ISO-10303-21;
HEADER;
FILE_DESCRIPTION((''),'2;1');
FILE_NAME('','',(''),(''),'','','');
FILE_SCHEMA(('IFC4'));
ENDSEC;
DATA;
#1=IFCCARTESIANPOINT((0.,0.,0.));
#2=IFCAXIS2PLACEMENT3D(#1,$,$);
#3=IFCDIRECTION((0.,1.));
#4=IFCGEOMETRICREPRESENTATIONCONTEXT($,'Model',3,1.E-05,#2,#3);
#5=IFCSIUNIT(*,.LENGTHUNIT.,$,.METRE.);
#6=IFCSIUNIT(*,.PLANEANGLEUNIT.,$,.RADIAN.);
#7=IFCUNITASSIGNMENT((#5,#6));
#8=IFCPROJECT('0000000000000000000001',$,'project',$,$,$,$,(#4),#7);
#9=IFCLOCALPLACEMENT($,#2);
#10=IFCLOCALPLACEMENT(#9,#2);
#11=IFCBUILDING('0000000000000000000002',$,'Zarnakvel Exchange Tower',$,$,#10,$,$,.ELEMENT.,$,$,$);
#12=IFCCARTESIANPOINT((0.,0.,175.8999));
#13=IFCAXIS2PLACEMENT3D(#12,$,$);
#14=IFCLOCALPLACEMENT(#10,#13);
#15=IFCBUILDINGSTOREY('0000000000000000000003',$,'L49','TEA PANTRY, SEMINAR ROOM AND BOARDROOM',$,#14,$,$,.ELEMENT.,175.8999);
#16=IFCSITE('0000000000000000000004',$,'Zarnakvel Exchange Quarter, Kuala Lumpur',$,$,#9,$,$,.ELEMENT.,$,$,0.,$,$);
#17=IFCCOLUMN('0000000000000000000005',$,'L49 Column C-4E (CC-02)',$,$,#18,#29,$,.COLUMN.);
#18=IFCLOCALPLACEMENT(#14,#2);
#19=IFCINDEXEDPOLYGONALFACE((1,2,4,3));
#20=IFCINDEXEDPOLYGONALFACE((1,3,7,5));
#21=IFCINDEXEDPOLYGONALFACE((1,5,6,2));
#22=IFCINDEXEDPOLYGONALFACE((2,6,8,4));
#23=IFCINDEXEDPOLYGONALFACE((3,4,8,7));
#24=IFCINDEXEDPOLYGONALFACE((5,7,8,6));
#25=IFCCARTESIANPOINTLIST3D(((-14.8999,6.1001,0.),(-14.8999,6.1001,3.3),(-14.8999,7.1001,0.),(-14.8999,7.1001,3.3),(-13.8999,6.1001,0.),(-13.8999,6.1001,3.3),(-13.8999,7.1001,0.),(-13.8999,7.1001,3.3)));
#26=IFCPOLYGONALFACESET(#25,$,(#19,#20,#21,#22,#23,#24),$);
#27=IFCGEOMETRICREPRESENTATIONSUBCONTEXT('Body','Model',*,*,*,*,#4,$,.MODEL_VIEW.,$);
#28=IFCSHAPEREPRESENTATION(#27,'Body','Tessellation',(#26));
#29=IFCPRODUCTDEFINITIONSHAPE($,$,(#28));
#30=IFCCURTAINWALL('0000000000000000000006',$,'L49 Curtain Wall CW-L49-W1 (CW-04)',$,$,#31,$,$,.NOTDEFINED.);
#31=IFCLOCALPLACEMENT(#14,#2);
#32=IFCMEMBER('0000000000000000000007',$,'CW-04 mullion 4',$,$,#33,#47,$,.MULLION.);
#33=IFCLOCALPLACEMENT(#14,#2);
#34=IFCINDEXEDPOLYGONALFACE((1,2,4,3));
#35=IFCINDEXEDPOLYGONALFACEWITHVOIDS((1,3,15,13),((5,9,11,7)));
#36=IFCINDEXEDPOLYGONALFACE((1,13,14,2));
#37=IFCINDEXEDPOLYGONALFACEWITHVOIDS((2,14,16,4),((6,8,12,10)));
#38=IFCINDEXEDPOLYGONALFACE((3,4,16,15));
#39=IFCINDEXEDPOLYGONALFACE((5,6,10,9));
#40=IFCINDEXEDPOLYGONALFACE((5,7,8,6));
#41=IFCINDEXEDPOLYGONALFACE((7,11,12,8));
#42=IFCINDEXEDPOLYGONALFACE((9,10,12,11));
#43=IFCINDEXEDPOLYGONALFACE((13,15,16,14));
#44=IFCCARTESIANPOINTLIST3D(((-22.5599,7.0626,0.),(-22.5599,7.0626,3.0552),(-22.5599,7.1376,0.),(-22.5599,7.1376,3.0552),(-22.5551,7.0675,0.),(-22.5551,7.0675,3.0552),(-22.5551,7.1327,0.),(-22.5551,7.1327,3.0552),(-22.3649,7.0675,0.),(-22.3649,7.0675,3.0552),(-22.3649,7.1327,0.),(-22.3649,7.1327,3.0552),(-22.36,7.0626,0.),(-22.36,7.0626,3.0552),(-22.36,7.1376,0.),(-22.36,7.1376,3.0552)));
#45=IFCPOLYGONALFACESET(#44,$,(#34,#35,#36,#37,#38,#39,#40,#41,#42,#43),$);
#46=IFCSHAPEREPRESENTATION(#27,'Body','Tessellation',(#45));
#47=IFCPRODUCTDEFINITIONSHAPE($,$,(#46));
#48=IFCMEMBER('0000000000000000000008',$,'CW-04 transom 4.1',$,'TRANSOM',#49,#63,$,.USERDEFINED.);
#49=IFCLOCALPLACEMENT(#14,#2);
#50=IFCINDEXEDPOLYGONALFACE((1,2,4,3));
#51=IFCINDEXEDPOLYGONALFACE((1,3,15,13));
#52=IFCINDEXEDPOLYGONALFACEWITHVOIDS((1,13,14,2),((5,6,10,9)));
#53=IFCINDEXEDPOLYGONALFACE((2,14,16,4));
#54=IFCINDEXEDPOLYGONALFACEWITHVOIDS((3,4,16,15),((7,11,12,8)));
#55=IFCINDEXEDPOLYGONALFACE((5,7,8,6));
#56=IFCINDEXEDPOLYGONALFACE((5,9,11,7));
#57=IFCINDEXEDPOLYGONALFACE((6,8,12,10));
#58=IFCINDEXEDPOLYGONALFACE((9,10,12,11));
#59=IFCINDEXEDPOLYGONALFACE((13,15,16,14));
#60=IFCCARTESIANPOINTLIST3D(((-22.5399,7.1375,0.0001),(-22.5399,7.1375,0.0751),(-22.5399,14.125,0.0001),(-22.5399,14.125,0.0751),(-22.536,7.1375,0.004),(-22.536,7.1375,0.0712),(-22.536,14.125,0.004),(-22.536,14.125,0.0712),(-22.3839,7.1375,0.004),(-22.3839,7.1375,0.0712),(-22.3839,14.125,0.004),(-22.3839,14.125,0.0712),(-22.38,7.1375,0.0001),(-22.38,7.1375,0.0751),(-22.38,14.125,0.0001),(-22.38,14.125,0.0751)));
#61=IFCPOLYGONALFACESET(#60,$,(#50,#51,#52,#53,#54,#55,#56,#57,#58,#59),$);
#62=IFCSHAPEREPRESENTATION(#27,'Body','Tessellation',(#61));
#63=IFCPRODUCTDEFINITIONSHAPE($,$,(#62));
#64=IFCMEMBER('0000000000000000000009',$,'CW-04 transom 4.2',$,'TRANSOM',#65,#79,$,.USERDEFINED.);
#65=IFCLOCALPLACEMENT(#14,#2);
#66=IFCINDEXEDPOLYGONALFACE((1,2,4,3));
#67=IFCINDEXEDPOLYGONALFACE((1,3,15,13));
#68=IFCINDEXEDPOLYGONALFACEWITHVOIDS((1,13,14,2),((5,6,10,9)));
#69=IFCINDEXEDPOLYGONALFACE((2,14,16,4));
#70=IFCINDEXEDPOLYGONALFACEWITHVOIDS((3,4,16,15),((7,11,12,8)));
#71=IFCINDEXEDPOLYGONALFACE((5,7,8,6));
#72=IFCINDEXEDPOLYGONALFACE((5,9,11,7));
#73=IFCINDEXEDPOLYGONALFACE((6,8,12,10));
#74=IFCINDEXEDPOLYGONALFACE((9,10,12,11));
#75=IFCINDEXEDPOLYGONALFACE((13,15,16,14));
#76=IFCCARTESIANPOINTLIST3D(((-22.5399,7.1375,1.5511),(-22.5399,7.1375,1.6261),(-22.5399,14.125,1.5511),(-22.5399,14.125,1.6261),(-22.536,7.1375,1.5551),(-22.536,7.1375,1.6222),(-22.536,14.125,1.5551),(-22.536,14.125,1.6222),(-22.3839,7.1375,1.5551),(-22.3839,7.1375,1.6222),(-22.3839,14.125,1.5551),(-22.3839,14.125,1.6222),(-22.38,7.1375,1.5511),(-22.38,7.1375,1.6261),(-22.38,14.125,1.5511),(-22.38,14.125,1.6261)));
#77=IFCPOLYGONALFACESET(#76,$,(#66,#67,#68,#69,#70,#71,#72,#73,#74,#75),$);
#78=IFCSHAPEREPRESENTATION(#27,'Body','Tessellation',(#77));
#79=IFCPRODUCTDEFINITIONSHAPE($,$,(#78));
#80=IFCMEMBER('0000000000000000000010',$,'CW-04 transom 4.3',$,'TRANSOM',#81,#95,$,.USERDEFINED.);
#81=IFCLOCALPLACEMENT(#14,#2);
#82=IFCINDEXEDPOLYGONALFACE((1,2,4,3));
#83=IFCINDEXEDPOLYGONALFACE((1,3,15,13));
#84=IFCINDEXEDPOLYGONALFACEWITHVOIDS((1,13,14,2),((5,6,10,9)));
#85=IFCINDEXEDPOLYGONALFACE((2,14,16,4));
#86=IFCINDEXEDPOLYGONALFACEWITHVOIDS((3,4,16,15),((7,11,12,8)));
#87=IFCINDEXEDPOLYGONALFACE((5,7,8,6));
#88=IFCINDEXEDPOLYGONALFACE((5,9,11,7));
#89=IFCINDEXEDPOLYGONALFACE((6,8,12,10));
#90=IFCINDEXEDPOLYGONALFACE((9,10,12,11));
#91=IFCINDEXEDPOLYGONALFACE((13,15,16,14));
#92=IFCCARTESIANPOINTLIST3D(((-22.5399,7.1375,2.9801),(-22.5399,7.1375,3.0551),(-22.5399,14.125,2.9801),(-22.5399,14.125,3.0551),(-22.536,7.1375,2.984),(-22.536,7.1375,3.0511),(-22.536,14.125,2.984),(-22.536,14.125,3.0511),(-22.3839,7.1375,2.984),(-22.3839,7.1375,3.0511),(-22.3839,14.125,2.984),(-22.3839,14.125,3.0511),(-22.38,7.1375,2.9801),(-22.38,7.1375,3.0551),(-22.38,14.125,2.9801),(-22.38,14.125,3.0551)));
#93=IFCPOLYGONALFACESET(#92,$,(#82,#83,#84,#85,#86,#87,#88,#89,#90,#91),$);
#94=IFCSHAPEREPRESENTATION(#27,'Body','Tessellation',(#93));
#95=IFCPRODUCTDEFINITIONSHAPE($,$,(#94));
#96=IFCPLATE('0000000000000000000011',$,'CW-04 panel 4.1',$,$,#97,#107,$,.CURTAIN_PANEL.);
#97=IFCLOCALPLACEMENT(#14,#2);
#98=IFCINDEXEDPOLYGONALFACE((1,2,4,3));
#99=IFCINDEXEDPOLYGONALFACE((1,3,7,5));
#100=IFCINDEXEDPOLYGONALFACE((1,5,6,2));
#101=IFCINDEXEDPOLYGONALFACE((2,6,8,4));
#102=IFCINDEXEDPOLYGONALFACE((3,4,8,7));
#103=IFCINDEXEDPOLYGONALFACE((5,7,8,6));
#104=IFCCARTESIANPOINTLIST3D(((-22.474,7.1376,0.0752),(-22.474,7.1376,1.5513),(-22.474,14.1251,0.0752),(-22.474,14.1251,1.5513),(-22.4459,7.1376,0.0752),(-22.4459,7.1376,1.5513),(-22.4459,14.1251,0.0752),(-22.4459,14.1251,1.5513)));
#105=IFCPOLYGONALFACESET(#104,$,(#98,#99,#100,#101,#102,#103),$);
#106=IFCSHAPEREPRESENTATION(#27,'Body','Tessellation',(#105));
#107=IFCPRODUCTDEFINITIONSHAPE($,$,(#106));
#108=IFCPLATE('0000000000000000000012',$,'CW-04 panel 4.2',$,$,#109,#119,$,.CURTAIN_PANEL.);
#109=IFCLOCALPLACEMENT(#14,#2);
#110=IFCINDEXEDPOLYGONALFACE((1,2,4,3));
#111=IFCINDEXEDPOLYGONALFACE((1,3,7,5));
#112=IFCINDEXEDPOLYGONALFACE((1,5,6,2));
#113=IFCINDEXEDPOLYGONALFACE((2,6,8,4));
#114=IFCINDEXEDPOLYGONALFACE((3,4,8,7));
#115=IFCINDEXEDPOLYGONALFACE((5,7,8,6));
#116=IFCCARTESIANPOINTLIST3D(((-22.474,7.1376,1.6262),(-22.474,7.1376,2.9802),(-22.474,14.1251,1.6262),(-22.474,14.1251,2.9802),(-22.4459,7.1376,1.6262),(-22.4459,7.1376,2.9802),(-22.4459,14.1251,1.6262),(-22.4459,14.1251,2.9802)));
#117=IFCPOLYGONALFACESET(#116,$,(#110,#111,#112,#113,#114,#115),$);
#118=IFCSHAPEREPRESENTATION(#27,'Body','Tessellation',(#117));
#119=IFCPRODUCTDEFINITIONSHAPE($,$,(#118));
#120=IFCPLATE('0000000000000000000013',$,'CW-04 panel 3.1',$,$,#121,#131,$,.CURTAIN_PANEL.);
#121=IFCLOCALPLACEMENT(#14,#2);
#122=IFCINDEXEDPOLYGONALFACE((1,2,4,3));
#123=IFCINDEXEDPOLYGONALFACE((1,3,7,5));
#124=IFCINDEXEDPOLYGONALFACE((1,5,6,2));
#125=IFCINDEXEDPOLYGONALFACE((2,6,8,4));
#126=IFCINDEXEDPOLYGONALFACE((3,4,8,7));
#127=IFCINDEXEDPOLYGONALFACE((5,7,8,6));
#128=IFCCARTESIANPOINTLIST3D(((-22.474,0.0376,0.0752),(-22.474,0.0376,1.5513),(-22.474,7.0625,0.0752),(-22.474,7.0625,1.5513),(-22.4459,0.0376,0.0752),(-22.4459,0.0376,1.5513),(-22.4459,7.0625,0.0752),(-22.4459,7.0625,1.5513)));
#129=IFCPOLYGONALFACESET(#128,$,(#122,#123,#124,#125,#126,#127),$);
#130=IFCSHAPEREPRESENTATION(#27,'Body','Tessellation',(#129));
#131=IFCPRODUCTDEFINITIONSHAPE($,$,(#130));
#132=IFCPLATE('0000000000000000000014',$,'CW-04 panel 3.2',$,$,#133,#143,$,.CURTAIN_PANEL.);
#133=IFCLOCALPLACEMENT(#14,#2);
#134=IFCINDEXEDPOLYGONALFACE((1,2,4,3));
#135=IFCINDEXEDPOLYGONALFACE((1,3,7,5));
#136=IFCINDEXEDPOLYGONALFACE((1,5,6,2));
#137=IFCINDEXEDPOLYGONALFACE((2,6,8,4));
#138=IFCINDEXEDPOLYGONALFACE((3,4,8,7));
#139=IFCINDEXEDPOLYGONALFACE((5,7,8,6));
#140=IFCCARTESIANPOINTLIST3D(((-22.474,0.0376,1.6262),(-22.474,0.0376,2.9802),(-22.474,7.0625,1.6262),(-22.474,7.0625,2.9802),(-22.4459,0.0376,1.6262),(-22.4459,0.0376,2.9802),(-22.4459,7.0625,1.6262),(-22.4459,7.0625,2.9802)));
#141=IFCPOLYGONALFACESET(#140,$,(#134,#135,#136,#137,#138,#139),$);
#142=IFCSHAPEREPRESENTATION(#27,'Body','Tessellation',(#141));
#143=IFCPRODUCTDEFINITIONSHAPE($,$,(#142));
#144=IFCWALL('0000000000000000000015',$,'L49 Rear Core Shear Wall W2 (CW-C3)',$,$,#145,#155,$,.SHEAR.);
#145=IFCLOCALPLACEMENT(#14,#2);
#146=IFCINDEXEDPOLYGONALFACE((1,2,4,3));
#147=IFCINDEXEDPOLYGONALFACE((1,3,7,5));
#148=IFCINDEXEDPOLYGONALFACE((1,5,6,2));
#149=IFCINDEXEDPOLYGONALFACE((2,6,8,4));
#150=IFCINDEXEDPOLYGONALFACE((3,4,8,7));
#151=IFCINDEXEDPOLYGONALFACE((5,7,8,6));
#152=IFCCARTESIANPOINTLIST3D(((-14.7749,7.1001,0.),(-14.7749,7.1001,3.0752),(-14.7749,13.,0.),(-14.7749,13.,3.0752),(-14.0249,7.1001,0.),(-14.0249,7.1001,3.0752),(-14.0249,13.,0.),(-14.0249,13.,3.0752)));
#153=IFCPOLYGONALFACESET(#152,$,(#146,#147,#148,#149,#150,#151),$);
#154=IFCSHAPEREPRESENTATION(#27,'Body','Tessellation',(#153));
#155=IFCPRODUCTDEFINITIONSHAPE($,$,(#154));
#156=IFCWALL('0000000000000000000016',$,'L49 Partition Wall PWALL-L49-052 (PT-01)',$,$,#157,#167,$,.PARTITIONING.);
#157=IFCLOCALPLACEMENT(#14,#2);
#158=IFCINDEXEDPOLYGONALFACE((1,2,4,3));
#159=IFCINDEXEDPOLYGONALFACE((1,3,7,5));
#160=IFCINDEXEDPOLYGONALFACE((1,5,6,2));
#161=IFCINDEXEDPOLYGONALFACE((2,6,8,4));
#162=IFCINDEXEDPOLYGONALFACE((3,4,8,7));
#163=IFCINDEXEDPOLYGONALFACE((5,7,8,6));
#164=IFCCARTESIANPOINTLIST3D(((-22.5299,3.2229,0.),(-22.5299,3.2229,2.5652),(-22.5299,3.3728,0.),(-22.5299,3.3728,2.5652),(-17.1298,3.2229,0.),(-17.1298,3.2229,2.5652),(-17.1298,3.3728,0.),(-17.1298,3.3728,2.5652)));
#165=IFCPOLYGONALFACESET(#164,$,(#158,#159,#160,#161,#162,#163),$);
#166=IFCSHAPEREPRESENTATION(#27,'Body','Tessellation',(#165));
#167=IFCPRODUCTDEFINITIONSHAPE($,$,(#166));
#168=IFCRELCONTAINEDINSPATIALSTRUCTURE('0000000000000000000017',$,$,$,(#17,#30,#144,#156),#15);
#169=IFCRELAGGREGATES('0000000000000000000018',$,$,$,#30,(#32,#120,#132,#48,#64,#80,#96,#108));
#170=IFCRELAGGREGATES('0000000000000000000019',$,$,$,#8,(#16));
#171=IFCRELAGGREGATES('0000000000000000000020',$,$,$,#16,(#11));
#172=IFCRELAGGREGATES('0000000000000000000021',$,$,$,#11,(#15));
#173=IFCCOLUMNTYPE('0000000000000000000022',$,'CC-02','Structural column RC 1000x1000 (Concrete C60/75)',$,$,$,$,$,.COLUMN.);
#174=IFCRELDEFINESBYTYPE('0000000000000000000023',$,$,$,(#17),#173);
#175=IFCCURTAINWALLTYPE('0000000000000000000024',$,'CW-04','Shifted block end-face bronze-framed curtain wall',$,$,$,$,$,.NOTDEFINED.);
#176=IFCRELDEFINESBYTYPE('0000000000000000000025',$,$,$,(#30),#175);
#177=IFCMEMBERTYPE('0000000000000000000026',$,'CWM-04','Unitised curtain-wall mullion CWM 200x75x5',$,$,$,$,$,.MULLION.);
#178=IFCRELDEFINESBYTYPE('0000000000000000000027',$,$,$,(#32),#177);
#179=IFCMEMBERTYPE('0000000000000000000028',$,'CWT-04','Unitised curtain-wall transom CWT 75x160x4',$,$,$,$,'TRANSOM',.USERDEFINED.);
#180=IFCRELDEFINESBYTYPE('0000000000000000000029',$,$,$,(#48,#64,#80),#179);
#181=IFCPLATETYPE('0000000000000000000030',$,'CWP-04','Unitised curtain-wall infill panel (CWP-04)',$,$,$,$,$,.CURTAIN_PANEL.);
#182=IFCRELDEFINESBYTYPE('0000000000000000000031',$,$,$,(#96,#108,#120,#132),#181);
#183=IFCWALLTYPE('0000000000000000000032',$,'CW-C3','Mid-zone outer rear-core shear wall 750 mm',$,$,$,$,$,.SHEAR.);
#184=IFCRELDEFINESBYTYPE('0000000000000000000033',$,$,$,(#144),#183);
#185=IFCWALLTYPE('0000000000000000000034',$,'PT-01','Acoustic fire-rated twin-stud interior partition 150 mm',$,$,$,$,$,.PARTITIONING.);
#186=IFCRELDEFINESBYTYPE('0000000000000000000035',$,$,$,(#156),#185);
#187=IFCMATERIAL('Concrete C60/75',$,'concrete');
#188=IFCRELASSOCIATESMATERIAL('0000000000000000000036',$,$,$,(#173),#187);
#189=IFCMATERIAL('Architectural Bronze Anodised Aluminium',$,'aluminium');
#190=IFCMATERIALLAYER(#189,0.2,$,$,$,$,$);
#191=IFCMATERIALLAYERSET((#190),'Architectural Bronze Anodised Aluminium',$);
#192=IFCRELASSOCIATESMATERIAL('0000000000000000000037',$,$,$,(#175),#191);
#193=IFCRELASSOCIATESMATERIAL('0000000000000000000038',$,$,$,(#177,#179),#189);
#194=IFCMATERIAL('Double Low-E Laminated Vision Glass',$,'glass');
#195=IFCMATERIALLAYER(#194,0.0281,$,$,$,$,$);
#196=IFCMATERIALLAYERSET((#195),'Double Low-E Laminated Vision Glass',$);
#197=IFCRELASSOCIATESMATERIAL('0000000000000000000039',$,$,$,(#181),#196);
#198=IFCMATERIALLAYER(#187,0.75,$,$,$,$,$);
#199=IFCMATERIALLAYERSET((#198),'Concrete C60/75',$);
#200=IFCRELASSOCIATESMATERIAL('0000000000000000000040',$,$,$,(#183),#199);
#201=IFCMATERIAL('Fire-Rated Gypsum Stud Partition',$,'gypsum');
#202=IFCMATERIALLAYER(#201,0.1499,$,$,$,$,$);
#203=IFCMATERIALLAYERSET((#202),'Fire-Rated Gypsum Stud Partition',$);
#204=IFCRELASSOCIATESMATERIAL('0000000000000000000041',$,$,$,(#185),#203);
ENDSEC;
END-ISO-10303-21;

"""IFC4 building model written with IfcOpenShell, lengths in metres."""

from ifc_helpers import new_model, si_unit, direction, frame, frame_2d, origin, origin_2d, place, context, subcontext, project, spatial, rectangle, hollow_rectangle, extrude, source, transform, mapped, material, layer, layer_set, material_profile, profile_set, type_object, element, aggregate, save


model = new_model("IFC4")

# Units and contexts
model_context = context("Model", 3, precision=1e-05, world=origin(), true_north=direction((0.0, 1.0)))
body_context = subcontext(model_context, "Body", "Model", "MODEL_VIEW")
ifc_project = project(units=[si_unit("LENGTHUNIT", "METRE"), si_unit("PLANEANGLEUNIT", "RADIAN")], contexts=[model_context])

# Site, building, storey
site_placement = place(None, origin())
site = spatial("IfcSite", under=ifc_project, at=site_placement, Name="Zarnakvel Exchange Quarter, Kuala Lumpur", CompositionType="ELEMENT", RefElevation=0.0)
building_placement = place(site_placement, origin())
building = spatial("IfcBuilding", under=site, at=building_placement, Name="Zarnakvel Exchange Tower", CompositionType="ELEMENT")
storey_placement = place(building_placement, frame((0.0, 0.0, 175.8999)))
storey = spatial("IfcBuildingStorey", under=building, at=storey_placement, Name="L49", Description="TEA PANTRY, SEMINAR ROOM AND BOARDROOM", CompositionType="ELEMENT", Elevation=175.8999)

# Column
ifc_material_1 = material(Name="Concrete C60/75", Category="concrete")
ifc_material_profile_1 = material_profile(ifc_material_1, rectangle(XDim=1.0, YDim=1.0, at=origin_2d()))
ifc_profile_set_1 = profile_set([ifc_material_profile_1], Name="Concrete C60/75")
column_type = type_object("IfcColumnType", Name="CC-02", Description="Structural column RC 1000x1000 (Concrete C60/75)", PredefinedType="COLUMN", material=ifc_profile_set_1)
column_placement = place(storey_placement, frame((-14.3999, 6.6001, 0.0), z_axis=(0.0, 0.0, 1.0), x_axis=(1.0, 0.0, 0.0)))
element("IfcColumn", 1, at=column_placement, inside=storey, type_object=column_type, Name="L49 Column C-4E (CC-02)", PredefinedType="COLUMN", context=body_context, shape_type="SweptSolid", body=[
    extrude(rectangle(XDim=1.0, YDim=1.0, at=origin_2d()), origin(), (0.0, 0.0, 1.0), 3.3),
])

# Curtain wall, members, plates
ifc_material_2 = material(Name="Architectural Bronze Anodised Aluminium", Category="aluminium")
ifc_layer_1 = layer(ifc_material_2, 0.2)
ifc_layer_set_1 = layer_set([ifc_layer_1], Name="Architectural Bronze Anodised Aluminium")
curtain_wall_type = type_object("IfcCurtainWallType", Name="CW-04", Description="Shifted block end-face bronze-framed curtain wall", PredefinedType="NOTDEFINED", material=ifc_layer_set_1)
curtain_wall_placement = place(storey_placement, origin())
curtain_wall = element("IfcCurtainWall", 2, at=curtain_wall_placement, inside=storey, type_object=curtain_wall_type, Name="L49 Curtain Wall CW-L49-W1 (CW-04)", PredefinedType="NOTDEFINED")
ifc_material_profile_2 = material_profile(ifc_material_2, hollow_rectangle(XDim=0.2, YDim=0.075, WallThickness=0.0049, at=origin_2d()))
ifc_profile_set_2 = profile_set([ifc_material_profile_2], Name="Architectural Bronze Anodised Aluminium")
member_type_1 = type_object("IfcMemberType", Name="CWM-04", Description="Unitised curtain-wall mullion CWM 200x75x5", PredefinedType="MULLION", material=ifc_profile_set_2)
shared_shape_1 = source(origin(), body_context, "Body", "SweptSolid", [
    extrude(hollow_rectangle(XDim=0.2, YDim=0.075, WallThickness=0.0049, at=origin_2d()), origin(), (0.0, 0.0, 1.0), 3.0552),
])
member_1_placement = place(storey_placement, frame((-22.46, 7.1001, 0.0), z_axis=(0.0, 0.0, 1.0), x_axis=(-1.0, 0.0, 0.0)))
member_1 = element("IfcMember", 3, at=member_1_placement, type_object=member_type_1, Name="CW-04 mullion 4", PredefinedType="MULLION", context=body_context, shape_type="MappedRepresentation", body=[
    mapped(shared_shape_1, transform((0.0, 0.0, 0.0), x_axis=(1.0, 0.0, 0.0), y_axis=(0.0, 1.0, 0.0), z_axis=(0.0, 0.0, 1.0), scale=1.0)),
])
ifc_material_profile_3 = material_profile(ifc_material_2, hollow_rectangle(XDim=0.1599, YDim=0.075, WallThickness=0.0039, at=origin_2d()))
ifc_profile_set_3 = profile_set([ifc_material_profile_3], Name="Architectural Bronze Anodised Aluminium")
member_type_2 = type_object("IfcMemberType", Name="CWT-04", Description="Unitised curtain-wall transom CWT 75x160x4", ElementType="TRANSOM", PredefinedType="USERDEFINED", material=ifc_profile_set_3)
shared_shape_2 = source(origin(), body_context, "Body", "SweptSolid", [
    extrude(hollow_rectangle(XDim=0.1599, YDim=0.075, WallThickness=0.0039, at=origin_2d()), origin(), (0.0, 0.0, 1.0), 6.9875),
])
member_2_placement = place(storey_placement, frame((-22.46, 7.1375, 0.0376), z_axis=(0.0, 1.0, 0.0), x_axis=(-1.0, 0.0, 0.0)))
member_2 = element("IfcMember", 4, at=member_2_placement, type_object=member_type_2, Name="CW-04 transom 4.1", ObjectType="TRANSOM", PredefinedType="USERDEFINED", context=body_context, shape_type="MappedRepresentation", body=[
    mapped(shared_shape_2, transform((0.0, 0.0, 0.0), x_axis=(1.0, 0.0, 0.0), y_axis=(0.0, 1.0, 0.0), z_axis=(0.0, 0.0, 1.0), scale=1.0)),
])
member_3_placement = place(storey_placement, frame((-22.46, 7.1375, 1.5886), z_axis=(0.0, 1.0, 0.0), x_axis=(-1.0, 0.0, 0.0)))
member_3 = element("IfcMember", 5, at=member_3_placement, type_object=member_type_2, Name="CW-04 transom 4.2", ObjectType="TRANSOM", PredefinedType="USERDEFINED", context=body_context, shape_type="MappedRepresentation", body=[
    mapped(shared_shape_2, transform((0.0, 0.0, 0.0), x_axis=(1.0, 0.0, 0.0), y_axis=(0.0, 1.0, 0.0), z_axis=(0.0, 0.0, 1.0), scale=1.0)),
])
member_4_placement = place(storey_placement, frame((-22.46, 7.1375, 3.0176), z_axis=(0.0, 1.0, 0.0), x_axis=(-1.0, 0.0, 0.0)))
member_4 = element("IfcMember", 6, at=member_4_placement, type_object=member_type_2, Name="CW-04 transom 4.3", ObjectType="TRANSOM", PredefinedType="USERDEFINED", context=body_context, shape_type="MappedRepresentation", body=[
    mapped(shared_shape_2, transform((0.0, 0.0, 0.0), x_axis=(1.0, 0.0, 0.0), y_axis=(0.0, 1.0, 0.0), z_axis=(0.0, 0.0, 1.0), scale=1.0)),
])
ifc_material_3 = material(Name="Double Low-E Laminated Vision Glass", Category="glass")
ifc_layer_2 = layer(ifc_material_3, 0.0281)
ifc_layer_set_2 = layer_set([ifc_layer_2], Name="Double Low-E Laminated Vision Glass")
plate_type = type_object("IfcPlateType", Name="CWP-04", Description="Unitised curtain-wall infill panel (CWP-04)", PredefinedType="CURTAIN_PANEL", material=ifc_layer_set_2)
shared_shape_3 = source(origin(), body_context, "Body", "SweptSolid", [
    extrude(rectangle(XDim=6.9875, YDim=0.0281, at=origin_2d()), origin(), (0.0, 0.0, 1.0), 1.4761),
])
plate_1_placement = place(storey_placement, frame((-22.46, 10.6313, 0.0752), z_axis=(0.0, 0.0, 1.0), x_axis=(0.0, 1.0, 0.0)))
plate_1 = element("IfcPlate", 7, at=plate_1_placement, type_object=plate_type, Name="CW-04 panel 4.1", PredefinedType="CURTAIN_PANEL", context=body_context, shape_type="MappedRepresentation", body=[
    mapped(shared_shape_3, transform((0.0, 0.0, 0.0), x_axis=(1.0, 0.0, 0.0), y_axis=(0.0, 1.0, 0.0), z_axis=(0.0, 0.0, 1.0), scale=1.0)),
])
shared_shape_4 = source(origin(), body_context, "Body", "SweptSolid", [
    extrude(rectangle(XDim=6.9875, YDim=0.0281, at=origin_2d()), origin(), (0.0, 0.0, 1.0), 1.354),
])
plate_2_placement = place(storey_placement, frame((-22.46, 10.6313, 1.6262), z_axis=(0.0, 0.0, 1.0), x_axis=(0.0, 1.0, 0.0)))
plate_2 = element("IfcPlate", 8, at=plate_2_placement, type_object=plate_type, Name="CW-04 panel 4.2", PredefinedType="CURTAIN_PANEL", context=body_context, shape_type="MappedRepresentation", body=[
    mapped(shared_shape_4, transform((0.0, 0.0, 0.0), x_axis=(1.0, 0.0, 0.0), y_axis=(0.0, 1.0, 0.0), z_axis=(0.0, 0.0, 1.0), scale=1.0)),
])
shared_shape_5 = source(origin(), body_context, "Body", "SweptSolid", [
    extrude(rectangle(XDim=7.0249, YDim=0.0281, at=origin_2d()), origin(), (0.0, 0.0, 1.0), 1.4761),
])
plate_3_placement = place(storey_placement, frame((-22.46, 3.55, 0.0752), z_axis=(0.0, 0.0, 1.0), x_axis=(0.0, 1.0, 0.0)))
plate_3 = element("IfcPlate", 9, at=plate_3_placement, type_object=plate_type, Name="CW-04 panel 3.1", PredefinedType="CURTAIN_PANEL", context=body_context, shape_type="MappedRepresentation", body=[
    mapped(shared_shape_5, transform((0.0, 0.0, 0.0), x_axis=(1.0, 0.0, 0.0), y_axis=(0.0, 1.0, 0.0), z_axis=(0.0, 0.0, 1.0), scale=1.0)),
])
shared_shape_6 = source(origin(), body_context, "Body", "SweptSolid", [
    extrude(rectangle(XDim=7.0249, YDim=0.0281, at=origin_2d()), origin(), (0.0, 0.0, 1.0), 1.354),
])
plate_4_placement = place(storey_placement, frame((-22.46, 3.55, 1.6262), z_axis=(0.0, 0.0, 1.0), x_axis=(0.0, 1.0, 0.0)))
plate_4 = element("IfcPlate", 10, at=plate_4_placement, type_object=plate_type, Name="CW-04 panel 3.2", PredefinedType="CURTAIN_PANEL", context=body_context, shape_type="MappedRepresentation", body=[
    mapped(shared_shape_6, transform((0.0, 0.0, 0.0), x_axis=(1.0, 0.0, 0.0), y_axis=(0.0, 1.0, 0.0), z_axis=(0.0, 0.0, 1.0), scale=1.0)),
])
aggregate(curtain_wall, [member_1, plate_3, plate_4, member_2, member_3, member_4, plate_1, plate_2])

# Walls
ifc_layer_3 = layer(ifc_material_1, 0.75)
ifc_layer_set_3 = layer_set([ifc_layer_3], Name="Concrete C60/75")
wall_type_1 = type_object("IfcWallType", Name="CW-C3", Description="Mid-zone outer rear-core shear wall 750 mm", PredefinedType="SHEAR", material=ifc_layer_set_3)
wall_1_placement = place(storey_placement, frame((-14.3999, 7.1001, 0.0), z_axis=(0.0, 0.0, 1.0), x_axis=(0.0, 1.0, 0.0)))
element("IfcWall", 11, at=wall_1_placement, inside=storey, type_object=wall_type_1, Name="L49 Rear Core Shear Wall W2 (CW-C3)", PredefinedType="SHEAR", context=body_context, shape_type="SweptSolid", body=[
    extrude(rectangle(XDim=5.8999, YDim=0.75, at=frame_2d((2.95, 0.0))), origin(), (0.0, 0.0, 1.0), 3.0752),
])
ifc_material_4 = material(Name="Fire-Rated Gypsum Stud Partition", Category="gypsum")
ifc_layer_4 = layer(ifc_material_4, 0.1499)
ifc_layer_set_4 = layer_set([ifc_layer_4], Name="Fire-Rated Gypsum Stud Partition")
wall_type_2 = type_object("IfcWallType", Name="PT-01", Description="Acoustic fire-rated twin-stud interior partition 150 mm", PredefinedType="PARTITIONING", material=ifc_layer_set_4)
wall_2_placement = place(storey_placement, frame((-22.53, 3.2979, 0.0), z_axis=(0.0, 0.0, 1.0), x_axis=(1.0, 0.0, 0.0)))
element("IfcWall", 12, at=wall_2_placement, inside=storey, type_object=wall_type_2, Name="L49 Partition Wall PWALL-L49-052 (PT-01)", PredefinedType="PARTITIONING", context=body_context, shape_type="SweptSolid", body=[
    extrude(rectangle(XDim=5.4001, YDim=0.1499, at=frame_2d((2.7002, 0.0))), origin(), (0.0, 0.0, 1.0), 2.5652),
])

save(model, "model.ifc")
